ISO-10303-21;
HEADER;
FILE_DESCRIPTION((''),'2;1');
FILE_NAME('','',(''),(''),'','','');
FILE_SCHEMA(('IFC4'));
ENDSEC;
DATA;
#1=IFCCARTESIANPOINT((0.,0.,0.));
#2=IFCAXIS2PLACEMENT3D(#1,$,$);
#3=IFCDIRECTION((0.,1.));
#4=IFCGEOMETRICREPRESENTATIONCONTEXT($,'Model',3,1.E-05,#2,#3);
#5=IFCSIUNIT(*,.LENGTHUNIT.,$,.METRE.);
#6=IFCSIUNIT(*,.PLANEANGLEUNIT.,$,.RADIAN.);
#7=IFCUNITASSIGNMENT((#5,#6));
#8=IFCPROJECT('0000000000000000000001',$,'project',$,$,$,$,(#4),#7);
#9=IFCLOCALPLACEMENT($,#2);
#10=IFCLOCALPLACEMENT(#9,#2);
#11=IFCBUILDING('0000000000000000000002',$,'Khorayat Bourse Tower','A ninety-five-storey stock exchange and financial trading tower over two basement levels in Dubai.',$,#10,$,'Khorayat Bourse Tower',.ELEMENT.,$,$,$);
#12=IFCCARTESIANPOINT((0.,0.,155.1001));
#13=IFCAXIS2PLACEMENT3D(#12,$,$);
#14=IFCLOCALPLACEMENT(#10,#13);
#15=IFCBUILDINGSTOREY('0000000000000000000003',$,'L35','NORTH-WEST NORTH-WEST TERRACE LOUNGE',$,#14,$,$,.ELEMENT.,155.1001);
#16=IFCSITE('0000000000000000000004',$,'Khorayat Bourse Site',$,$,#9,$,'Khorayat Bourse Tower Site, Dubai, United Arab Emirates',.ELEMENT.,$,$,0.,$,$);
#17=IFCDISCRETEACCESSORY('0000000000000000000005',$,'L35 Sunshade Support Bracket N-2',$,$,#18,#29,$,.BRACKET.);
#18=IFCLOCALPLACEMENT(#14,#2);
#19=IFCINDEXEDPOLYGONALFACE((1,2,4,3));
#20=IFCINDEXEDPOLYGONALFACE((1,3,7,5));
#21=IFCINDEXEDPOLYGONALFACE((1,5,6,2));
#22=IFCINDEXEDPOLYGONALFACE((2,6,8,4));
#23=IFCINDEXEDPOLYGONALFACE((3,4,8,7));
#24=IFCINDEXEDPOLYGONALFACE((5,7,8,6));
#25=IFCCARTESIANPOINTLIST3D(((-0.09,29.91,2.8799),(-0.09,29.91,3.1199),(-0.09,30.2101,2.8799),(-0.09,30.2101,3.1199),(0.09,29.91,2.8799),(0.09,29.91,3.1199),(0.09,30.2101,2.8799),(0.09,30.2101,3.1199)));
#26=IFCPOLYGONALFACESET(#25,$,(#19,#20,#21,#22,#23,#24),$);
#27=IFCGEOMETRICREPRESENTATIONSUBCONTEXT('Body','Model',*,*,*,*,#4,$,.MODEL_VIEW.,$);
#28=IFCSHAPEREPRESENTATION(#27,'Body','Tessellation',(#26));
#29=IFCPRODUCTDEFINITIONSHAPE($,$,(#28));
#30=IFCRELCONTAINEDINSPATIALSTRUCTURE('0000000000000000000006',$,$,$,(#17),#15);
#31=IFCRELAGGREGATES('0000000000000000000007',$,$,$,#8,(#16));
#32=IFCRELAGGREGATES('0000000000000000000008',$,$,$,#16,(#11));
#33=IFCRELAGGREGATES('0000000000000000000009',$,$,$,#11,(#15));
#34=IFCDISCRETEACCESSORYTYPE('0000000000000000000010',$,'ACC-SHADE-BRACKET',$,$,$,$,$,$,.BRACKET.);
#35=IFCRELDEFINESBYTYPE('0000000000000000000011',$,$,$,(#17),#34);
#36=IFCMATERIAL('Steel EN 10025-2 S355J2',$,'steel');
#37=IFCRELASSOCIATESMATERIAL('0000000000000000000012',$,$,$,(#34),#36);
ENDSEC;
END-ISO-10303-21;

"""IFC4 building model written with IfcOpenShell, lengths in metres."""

from ifc_helpers import new_model, si_unit, direction, frame, origin, origin_2d, place, context, subcontext, project, spatial, rectangle, extrude, source, transform, mapped, material, type_object, element, save


model = new_model("IFC4")

# Units and contexts
model_context = context("Model", 3, precision=1e-05, world=origin(), true_north=direction((0.0, 1.0)))
body_context = subcontext(model_context, "Body", "Model", "MODEL_VIEW")
ifc_project = project(units=[si_unit("LENGTHUNIT", "METRE"), si_unit("PLANEANGLEUNIT", "RADIAN")], contexts=[model_context])

# Site, building, storey
site_placement = place(None, origin())
site = spatial("IfcSite", under=ifc_project, at=site_placement, Name="Khorayat Bourse Site", LongName="Khorayat Bourse Tower Site, Dubai, United Arab Emirates", CompositionType="ELEMENT", RefElevation=0.0)
building_placement = place(site_placement, origin())
building = spatial("IfcBuilding", under=site, at=building_placement, Name="Khorayat Bourse Tower", Description="A ninety-five-storey stock exchange and financial trading tower over two basement levels in Dubai.", LongName="Khorayat Bourse Tower", CompositionType="ELEMENT")
storey_placement = place(building_placement, frame((0.0, 0.0, 155.1001)))
storey = spatial("IfcBuildingStorey", under=building, at=storey_placement, Name="L35", Description="NORTH-WEST NORTH-WEST TERRACE LOUNGE", CompositionType="ELEMENT", Elevation=155.1001)

# Shared definitions
ifc_material_1 = material(Name="Steel EN 10025-2 S355J2", Category="steel")

# Discrete accessory
discrete_accessory_type = type_object("IfcDiscreteAccessoryType", Name="ACC-SHADE-BRACKET", PredefinedType="BRACKET", material=ifc_material_1)
shared_shape_1 = source(origin(), body_context, "Body", "SweptSolid", [
    extrude(rectangle(XDim=0.1799, YDim=0.3, at=origin_2d()), origin(), (0.0, 0.0, 1.0), 0.24),
])
discrete_accessory_placement = place(storey_placement, frame((0.0, 30.0601, 2.8799), z_axis=(0.0, 0.0, 1.0), x_axis=(1.0, 0.0, 0.0)))
element("IfcDiscreteAccessory", 1, at=discrete_accessory_placement, inside=storey, type_object=discrete_accessory_type, Name="L35 Sunshade Support Bracket N-2", PredefinedType="BRACKET", context=body_context, shape_type="MappedRepresentation", body=[
    mapped(shared_shape_1, transform((0.0, 0.0, 0.0), scale=1.0)),
])

save(model, "model.ifc")
